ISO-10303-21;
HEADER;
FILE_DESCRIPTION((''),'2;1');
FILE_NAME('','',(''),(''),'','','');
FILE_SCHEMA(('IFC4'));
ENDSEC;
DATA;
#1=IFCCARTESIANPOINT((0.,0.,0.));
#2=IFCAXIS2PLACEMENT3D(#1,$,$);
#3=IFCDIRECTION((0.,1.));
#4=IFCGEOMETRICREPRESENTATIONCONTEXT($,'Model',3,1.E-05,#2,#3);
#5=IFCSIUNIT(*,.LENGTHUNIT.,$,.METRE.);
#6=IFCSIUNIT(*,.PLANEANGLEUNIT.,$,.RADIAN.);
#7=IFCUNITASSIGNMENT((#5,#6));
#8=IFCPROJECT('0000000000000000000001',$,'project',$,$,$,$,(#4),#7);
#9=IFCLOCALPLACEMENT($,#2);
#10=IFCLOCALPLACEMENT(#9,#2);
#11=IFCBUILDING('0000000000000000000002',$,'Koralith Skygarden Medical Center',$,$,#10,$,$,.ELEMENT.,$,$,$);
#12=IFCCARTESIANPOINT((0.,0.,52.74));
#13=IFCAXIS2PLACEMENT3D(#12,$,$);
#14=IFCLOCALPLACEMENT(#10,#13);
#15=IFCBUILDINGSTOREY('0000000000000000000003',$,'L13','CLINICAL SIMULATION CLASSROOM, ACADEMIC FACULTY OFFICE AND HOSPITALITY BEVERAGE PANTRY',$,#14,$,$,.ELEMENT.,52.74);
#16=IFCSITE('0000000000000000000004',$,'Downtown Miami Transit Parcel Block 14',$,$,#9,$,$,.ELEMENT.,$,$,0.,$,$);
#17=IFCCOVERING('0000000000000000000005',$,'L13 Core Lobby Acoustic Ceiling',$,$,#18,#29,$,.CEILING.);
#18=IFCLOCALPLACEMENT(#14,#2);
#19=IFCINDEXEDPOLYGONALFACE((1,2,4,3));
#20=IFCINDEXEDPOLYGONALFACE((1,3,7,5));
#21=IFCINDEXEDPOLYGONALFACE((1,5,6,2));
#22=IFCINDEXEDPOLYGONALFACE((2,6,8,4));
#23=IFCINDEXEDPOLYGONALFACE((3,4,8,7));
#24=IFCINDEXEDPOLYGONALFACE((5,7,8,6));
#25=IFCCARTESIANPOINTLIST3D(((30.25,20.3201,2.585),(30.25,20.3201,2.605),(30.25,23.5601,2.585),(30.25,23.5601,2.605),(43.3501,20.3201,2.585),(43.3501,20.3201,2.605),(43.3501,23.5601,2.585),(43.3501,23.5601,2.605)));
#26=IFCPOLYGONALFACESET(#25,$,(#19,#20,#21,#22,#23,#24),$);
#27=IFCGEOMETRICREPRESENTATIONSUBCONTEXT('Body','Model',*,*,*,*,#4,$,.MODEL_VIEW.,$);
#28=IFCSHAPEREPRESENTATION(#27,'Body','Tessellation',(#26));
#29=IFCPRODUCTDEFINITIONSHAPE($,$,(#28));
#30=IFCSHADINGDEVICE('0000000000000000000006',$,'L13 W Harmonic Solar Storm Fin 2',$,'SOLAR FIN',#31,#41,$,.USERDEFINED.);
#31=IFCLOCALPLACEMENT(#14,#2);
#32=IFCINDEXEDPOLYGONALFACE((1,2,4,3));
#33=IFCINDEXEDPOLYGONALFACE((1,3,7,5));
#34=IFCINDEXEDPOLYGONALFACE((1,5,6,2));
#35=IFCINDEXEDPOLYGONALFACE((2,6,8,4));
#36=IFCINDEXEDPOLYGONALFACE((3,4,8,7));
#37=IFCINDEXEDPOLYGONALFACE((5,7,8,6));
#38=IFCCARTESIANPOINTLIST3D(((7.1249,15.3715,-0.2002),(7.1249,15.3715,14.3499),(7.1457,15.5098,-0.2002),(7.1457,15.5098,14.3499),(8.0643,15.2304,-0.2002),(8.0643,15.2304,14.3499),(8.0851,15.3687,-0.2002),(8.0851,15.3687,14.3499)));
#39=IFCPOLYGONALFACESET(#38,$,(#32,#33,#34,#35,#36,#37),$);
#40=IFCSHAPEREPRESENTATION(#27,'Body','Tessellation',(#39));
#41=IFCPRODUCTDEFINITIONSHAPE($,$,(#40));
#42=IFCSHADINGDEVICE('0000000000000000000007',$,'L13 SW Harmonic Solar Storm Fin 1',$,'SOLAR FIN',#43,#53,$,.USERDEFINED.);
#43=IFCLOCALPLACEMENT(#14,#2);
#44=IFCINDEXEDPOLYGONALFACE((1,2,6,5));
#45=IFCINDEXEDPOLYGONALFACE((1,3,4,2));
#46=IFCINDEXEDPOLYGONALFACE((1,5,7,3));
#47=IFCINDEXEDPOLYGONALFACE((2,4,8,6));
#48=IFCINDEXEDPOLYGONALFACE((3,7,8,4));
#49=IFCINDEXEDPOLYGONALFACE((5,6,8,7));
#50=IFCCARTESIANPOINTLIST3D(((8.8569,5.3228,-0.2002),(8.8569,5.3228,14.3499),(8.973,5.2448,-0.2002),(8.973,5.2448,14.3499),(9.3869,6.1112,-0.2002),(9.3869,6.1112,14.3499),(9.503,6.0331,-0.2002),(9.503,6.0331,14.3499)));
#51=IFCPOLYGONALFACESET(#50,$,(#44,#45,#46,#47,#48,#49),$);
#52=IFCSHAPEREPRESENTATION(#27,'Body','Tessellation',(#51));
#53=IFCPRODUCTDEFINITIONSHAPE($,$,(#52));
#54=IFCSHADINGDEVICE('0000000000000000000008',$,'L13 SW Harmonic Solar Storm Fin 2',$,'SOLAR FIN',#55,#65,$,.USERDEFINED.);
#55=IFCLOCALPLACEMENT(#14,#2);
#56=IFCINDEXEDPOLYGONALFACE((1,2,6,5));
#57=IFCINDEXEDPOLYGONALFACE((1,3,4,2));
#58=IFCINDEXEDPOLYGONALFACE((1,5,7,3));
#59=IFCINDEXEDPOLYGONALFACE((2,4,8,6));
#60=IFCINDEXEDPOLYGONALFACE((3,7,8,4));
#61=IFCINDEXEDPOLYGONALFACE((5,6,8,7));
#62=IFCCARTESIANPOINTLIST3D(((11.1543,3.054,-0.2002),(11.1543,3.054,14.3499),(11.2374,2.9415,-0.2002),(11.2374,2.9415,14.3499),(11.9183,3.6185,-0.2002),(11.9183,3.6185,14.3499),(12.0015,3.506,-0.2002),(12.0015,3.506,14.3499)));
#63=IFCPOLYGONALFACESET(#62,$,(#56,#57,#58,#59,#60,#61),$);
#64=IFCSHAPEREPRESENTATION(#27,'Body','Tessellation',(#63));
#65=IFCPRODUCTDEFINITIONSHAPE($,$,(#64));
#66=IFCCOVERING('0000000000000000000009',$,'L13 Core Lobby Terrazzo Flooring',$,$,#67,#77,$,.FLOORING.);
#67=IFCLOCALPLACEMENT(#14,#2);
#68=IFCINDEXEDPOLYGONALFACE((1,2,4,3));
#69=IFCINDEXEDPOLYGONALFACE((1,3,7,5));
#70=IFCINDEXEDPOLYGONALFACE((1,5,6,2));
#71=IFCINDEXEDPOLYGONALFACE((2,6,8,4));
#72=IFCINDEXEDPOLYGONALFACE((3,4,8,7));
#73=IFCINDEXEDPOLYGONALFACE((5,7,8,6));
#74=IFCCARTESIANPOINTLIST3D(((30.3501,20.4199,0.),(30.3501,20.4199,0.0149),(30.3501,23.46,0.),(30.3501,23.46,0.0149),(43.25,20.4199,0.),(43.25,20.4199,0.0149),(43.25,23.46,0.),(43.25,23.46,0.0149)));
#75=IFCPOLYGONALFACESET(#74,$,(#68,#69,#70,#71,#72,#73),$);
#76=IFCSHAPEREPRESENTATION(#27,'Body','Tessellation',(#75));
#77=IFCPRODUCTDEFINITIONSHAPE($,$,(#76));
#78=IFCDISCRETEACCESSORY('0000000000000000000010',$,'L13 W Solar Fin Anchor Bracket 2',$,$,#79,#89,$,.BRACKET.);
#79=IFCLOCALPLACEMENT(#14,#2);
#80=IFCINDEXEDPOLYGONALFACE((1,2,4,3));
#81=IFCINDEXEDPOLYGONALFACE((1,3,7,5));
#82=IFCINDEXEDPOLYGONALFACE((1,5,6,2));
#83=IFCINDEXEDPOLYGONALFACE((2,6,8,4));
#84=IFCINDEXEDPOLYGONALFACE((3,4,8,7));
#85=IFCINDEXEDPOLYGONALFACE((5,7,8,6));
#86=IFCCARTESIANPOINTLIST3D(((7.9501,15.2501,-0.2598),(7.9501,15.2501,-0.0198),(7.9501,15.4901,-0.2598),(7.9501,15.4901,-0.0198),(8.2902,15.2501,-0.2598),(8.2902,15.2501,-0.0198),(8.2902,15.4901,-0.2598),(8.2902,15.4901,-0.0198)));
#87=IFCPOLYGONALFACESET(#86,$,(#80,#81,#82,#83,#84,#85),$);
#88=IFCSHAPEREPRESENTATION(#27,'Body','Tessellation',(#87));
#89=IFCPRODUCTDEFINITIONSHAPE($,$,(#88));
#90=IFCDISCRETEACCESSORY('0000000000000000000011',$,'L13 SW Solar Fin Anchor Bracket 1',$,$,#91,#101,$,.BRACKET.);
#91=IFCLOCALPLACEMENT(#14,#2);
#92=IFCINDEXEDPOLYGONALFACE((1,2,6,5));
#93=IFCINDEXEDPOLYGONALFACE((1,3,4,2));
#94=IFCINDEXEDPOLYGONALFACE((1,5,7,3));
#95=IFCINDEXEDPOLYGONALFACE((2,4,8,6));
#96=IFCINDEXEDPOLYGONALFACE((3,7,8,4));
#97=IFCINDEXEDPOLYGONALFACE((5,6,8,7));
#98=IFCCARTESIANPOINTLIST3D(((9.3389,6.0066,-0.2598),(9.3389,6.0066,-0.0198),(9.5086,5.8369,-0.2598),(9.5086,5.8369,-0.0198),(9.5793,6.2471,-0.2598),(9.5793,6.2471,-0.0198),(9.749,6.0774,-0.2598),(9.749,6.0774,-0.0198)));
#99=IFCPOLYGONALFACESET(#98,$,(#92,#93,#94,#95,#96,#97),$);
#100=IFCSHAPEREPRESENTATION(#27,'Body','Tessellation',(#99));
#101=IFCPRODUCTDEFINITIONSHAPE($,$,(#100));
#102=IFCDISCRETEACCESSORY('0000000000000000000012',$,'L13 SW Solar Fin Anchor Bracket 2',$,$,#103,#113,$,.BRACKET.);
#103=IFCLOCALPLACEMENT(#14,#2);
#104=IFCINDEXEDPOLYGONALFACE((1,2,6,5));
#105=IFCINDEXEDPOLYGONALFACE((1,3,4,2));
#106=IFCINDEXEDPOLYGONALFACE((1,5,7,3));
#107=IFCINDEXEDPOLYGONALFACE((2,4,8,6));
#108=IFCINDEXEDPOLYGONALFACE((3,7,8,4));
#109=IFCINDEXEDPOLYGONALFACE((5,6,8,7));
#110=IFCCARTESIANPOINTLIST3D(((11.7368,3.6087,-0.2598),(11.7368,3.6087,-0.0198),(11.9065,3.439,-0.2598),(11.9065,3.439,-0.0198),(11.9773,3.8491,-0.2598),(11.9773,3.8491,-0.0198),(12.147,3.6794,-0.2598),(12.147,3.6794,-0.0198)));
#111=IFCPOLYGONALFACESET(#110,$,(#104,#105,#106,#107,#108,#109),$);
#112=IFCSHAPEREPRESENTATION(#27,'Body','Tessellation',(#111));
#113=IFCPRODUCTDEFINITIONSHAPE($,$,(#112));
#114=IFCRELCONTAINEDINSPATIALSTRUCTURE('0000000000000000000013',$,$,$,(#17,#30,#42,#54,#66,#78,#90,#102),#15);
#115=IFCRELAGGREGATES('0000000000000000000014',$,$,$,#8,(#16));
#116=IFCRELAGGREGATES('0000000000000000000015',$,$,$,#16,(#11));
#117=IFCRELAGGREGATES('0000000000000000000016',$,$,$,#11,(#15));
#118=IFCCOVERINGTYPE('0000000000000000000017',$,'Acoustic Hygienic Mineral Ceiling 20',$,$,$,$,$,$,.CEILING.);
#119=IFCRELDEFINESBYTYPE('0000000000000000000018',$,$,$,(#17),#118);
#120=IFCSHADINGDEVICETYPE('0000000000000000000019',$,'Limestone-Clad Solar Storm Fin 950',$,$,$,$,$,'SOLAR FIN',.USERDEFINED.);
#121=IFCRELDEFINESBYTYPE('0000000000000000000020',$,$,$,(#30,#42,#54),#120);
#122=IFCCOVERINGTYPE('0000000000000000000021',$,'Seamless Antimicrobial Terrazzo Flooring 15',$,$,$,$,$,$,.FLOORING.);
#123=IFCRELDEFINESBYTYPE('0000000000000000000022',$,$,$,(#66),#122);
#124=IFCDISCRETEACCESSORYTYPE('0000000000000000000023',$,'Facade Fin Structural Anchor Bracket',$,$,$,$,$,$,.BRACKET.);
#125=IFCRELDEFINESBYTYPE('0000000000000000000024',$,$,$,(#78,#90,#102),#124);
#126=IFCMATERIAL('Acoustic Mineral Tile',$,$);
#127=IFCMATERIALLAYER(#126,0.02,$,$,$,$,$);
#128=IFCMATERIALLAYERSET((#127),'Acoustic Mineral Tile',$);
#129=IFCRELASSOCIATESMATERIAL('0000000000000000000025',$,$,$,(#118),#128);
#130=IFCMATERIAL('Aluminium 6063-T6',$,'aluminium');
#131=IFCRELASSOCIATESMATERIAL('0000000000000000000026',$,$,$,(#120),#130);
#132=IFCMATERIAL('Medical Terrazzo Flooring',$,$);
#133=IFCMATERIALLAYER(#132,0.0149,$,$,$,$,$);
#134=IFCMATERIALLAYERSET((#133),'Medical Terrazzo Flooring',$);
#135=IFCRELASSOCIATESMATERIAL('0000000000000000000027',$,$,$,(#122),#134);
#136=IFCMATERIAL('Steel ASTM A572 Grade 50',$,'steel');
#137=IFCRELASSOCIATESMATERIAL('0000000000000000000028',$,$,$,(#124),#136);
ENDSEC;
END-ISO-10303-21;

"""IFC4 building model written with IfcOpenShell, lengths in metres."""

from ifc_helpers import new_model, si_unit, direction, frame, origin, origin_2d, place, context, subcontext, project, spatial, polyline, rectangle, outline, extrude, material, layer, layer_set, type_object, element, save


model = new_model("IFC4")

# Units and contexts
model_context = context("Model", 3, precision=1e-05, world=origin(), true_north=direction((0.0, 1.0)))
body_context = subcontext(model_context, "Body", "Model", "MODEL_VIEW")
ifc_project = project(units=[si_unit("LENGTHUNIT", "METRE"), si_unit("PLANEANGLEUNIT", "RADIAN")], contexts=[model_context])

# Site, building, storey
site_placement = place(None, origin())
site = spatial("IfcSite", under=ifc_project, at=site_placement, Name="Downtown Miami Transit Parcel Block 14", CompositionType="ELEMENT", RefElevation=0.0)
building_placement = place(site_placement, origin())
building = spatial("IfcBuilding", under=site, at=building_placement, Name="Koralith Skygarden Medical Center", CompositionType="ELEMENT")
storey_placement = place(building_placement, frame((0.0, 0.0, 52.74)))
storey = spatial("IfcBuildingStorey", under=building, at=storey_placement, Name="L13", Description="CLINICAL SIMULATION CLASSROOM, ACADEMIC FACULTY OFFICE AND HOSPITALITY BEVERAGE PANTRY", CompositionType="ELEMENT", Elevation=52.74)

# Shared definitions
ifc_material_1 = material(Name="Aluminium 6063-T6", Category="aluminium")

# Covering
ifc_material_2 = material(Name="Acoustic Mineral Tile")
ifc_layer_1 = layer(ifc_material_2, 0.02)
ifc_layer_set_1 = layer_set([ifc_layer_1], Name="Acoustic Mineral Tile")
covering_type_1 = type_object("IfcCoveringType", Name="Acoustic Hygienic Mineral Ceiling 20", PredefinedType="CEILING", material=ifc_layer_set_1)
covering_1_placement = place(storey_placement, frame((0.0, 0.0, 2.585)))
element("IfcCovering", 1, at=covering_1_placement, inside=storey, type_object=covering_type_1, Name="L13 Core Lobby Acoustic Ceiling", PredefinedType="CEILING", context=body_context, shape_type="SweptSolid", body=[
    extrude(outline(polyline([(30.25, 20.3201), (43.3501, 20.3201), (43.3501, 23.5601), (30.25, 23.5601), (30.25, 20.3201)])), origin(), (0.0, 0.0, 1.0), 0.02),
])

# Shading devices
shading_device_type = type_object("IfcShadingDeviceType", Name="Limestone-Clad Solar Storm Fin 950", ElementType="SOLAR FIN", PredefinedType="USERDEFINED", material=ifc_material_1)
for number, where, z_axis, x_axis, name in (
    (2, (7.605, 15.3701, -0.2002), (0.0, 0.0, 1.0), (-0.988905, 0.148552, 0.0), "L13 W Harmonic Solar Storm Fin 2"),
    (3, (9.1799, 5.678, -0.2002), (0.0, 0.0, 1.0), (-0.557977, -0.829857, 0.0), "L13 SW Harmonic Solar Storm Fin 1"),
    (4, (11.5779, 3.28, -0.2002), (0.0, 0.0, 1.0), (-0.804303, -0.594219, 0.0), "L13 SW Harmonic Solar Storm Fin 2"),
):
    element("IfcShadingDevice", number, at=place(storey_placement, frame(where, z_axis=z_axis, x_axis=x_axis)), inside=storey, type_object=shading_device_type, Name=name, ObjectType="SOLAR FIN", PredefinedType="USERDEFINED", context=body_context, shape_type="SweptSolid", body=[
        extrude(rectangle(XDim=0.95, YDim=0.1399, at=origin_2d()), origin(), (0.0, 0.0, 1.0), 14.55),
    ])

# Covering
ifc_material_3 = material(Name="Medical Terrazzo Flooring")
ifc_layer_2 = layer(ifc_material_3, 0.0149)
ifc_layer_set_2 = layer_set([ifc_layer_2], Name="Medical Terrazzo Flooring")
covering_type_2 = type_object("IfcCoveringType", Name="Seamless Antimicrobial Terrazzo Flooring 15", PredefinedType="FLOORING", material=ifc_layer_set_2)
covering_2_placement = place(storey_placement, origin())
element("IfcCovering", 5, at=covering_2_placement, inside=storey, type_object=covering_type_2, Name="L13 Core Lobby Terrazzo Flooring", PredefinedType="FLOORING", context=body_context, shape_type="SweptSolid", body=[
    extrude(outline(polyline([(30.3501, 20.4199), (43.25, 20.4199), (43.25, 23.46), (30.3501, 23.46), (30.3501, 20.4199)])), origin(), (0.0, 0.0, 1.0), 0.0149),
])

# Discrete accessories
ifc_material_4 = material(Name="Steel ASTM A572 Grade 50", Category="steel")
discrete_accessory_type = type_object("IfcDiscreteAccessoryType", Name="Facade Fin Structural Anchor Bracket", PredefinedType="BRACKET", material=ifc_material_4)
for number, where, z_axis, x_axis, name in (
    (6, (8.1201, 15.3701, -0.2598), (0.0, 0.0, 1.0), (-1.0, 0.0, 0.0), "L13 W Solar Fin Anchor Bracket 2"),
    (7, (9.5439, 6.042, -0.2598), (0.0, 0.0, 1.0), (-0.707107, -0.707107, 0.0), "L13 SW Solar Fin Anchor Bracket 1"),
    (8, (11.9419, 3.644, -0.2598), (0.0, 0.0, 1.0), (-0.707107, -0.707107, 0.0), "L13 SW Solar Fin Anchor Bracket 2"),
):
    element("IfcDiscreteAccessory", number, at=place(storey_placement, frame(where, z_axis=z_axis, x_axis=x_axis)), inside=storey, type_object=discrete_accessory_type, Name=name, PredefinedType="BRACKET", context=body_context, shape_type="SweptSolid", body=[
        extrude(rectangle(XDim=0.3401, YDim=0.24, at=origin_2d()), origin(), (0.0, 0.0, 1.0), 0.24),
    ])

save(model, "model.ifc")
